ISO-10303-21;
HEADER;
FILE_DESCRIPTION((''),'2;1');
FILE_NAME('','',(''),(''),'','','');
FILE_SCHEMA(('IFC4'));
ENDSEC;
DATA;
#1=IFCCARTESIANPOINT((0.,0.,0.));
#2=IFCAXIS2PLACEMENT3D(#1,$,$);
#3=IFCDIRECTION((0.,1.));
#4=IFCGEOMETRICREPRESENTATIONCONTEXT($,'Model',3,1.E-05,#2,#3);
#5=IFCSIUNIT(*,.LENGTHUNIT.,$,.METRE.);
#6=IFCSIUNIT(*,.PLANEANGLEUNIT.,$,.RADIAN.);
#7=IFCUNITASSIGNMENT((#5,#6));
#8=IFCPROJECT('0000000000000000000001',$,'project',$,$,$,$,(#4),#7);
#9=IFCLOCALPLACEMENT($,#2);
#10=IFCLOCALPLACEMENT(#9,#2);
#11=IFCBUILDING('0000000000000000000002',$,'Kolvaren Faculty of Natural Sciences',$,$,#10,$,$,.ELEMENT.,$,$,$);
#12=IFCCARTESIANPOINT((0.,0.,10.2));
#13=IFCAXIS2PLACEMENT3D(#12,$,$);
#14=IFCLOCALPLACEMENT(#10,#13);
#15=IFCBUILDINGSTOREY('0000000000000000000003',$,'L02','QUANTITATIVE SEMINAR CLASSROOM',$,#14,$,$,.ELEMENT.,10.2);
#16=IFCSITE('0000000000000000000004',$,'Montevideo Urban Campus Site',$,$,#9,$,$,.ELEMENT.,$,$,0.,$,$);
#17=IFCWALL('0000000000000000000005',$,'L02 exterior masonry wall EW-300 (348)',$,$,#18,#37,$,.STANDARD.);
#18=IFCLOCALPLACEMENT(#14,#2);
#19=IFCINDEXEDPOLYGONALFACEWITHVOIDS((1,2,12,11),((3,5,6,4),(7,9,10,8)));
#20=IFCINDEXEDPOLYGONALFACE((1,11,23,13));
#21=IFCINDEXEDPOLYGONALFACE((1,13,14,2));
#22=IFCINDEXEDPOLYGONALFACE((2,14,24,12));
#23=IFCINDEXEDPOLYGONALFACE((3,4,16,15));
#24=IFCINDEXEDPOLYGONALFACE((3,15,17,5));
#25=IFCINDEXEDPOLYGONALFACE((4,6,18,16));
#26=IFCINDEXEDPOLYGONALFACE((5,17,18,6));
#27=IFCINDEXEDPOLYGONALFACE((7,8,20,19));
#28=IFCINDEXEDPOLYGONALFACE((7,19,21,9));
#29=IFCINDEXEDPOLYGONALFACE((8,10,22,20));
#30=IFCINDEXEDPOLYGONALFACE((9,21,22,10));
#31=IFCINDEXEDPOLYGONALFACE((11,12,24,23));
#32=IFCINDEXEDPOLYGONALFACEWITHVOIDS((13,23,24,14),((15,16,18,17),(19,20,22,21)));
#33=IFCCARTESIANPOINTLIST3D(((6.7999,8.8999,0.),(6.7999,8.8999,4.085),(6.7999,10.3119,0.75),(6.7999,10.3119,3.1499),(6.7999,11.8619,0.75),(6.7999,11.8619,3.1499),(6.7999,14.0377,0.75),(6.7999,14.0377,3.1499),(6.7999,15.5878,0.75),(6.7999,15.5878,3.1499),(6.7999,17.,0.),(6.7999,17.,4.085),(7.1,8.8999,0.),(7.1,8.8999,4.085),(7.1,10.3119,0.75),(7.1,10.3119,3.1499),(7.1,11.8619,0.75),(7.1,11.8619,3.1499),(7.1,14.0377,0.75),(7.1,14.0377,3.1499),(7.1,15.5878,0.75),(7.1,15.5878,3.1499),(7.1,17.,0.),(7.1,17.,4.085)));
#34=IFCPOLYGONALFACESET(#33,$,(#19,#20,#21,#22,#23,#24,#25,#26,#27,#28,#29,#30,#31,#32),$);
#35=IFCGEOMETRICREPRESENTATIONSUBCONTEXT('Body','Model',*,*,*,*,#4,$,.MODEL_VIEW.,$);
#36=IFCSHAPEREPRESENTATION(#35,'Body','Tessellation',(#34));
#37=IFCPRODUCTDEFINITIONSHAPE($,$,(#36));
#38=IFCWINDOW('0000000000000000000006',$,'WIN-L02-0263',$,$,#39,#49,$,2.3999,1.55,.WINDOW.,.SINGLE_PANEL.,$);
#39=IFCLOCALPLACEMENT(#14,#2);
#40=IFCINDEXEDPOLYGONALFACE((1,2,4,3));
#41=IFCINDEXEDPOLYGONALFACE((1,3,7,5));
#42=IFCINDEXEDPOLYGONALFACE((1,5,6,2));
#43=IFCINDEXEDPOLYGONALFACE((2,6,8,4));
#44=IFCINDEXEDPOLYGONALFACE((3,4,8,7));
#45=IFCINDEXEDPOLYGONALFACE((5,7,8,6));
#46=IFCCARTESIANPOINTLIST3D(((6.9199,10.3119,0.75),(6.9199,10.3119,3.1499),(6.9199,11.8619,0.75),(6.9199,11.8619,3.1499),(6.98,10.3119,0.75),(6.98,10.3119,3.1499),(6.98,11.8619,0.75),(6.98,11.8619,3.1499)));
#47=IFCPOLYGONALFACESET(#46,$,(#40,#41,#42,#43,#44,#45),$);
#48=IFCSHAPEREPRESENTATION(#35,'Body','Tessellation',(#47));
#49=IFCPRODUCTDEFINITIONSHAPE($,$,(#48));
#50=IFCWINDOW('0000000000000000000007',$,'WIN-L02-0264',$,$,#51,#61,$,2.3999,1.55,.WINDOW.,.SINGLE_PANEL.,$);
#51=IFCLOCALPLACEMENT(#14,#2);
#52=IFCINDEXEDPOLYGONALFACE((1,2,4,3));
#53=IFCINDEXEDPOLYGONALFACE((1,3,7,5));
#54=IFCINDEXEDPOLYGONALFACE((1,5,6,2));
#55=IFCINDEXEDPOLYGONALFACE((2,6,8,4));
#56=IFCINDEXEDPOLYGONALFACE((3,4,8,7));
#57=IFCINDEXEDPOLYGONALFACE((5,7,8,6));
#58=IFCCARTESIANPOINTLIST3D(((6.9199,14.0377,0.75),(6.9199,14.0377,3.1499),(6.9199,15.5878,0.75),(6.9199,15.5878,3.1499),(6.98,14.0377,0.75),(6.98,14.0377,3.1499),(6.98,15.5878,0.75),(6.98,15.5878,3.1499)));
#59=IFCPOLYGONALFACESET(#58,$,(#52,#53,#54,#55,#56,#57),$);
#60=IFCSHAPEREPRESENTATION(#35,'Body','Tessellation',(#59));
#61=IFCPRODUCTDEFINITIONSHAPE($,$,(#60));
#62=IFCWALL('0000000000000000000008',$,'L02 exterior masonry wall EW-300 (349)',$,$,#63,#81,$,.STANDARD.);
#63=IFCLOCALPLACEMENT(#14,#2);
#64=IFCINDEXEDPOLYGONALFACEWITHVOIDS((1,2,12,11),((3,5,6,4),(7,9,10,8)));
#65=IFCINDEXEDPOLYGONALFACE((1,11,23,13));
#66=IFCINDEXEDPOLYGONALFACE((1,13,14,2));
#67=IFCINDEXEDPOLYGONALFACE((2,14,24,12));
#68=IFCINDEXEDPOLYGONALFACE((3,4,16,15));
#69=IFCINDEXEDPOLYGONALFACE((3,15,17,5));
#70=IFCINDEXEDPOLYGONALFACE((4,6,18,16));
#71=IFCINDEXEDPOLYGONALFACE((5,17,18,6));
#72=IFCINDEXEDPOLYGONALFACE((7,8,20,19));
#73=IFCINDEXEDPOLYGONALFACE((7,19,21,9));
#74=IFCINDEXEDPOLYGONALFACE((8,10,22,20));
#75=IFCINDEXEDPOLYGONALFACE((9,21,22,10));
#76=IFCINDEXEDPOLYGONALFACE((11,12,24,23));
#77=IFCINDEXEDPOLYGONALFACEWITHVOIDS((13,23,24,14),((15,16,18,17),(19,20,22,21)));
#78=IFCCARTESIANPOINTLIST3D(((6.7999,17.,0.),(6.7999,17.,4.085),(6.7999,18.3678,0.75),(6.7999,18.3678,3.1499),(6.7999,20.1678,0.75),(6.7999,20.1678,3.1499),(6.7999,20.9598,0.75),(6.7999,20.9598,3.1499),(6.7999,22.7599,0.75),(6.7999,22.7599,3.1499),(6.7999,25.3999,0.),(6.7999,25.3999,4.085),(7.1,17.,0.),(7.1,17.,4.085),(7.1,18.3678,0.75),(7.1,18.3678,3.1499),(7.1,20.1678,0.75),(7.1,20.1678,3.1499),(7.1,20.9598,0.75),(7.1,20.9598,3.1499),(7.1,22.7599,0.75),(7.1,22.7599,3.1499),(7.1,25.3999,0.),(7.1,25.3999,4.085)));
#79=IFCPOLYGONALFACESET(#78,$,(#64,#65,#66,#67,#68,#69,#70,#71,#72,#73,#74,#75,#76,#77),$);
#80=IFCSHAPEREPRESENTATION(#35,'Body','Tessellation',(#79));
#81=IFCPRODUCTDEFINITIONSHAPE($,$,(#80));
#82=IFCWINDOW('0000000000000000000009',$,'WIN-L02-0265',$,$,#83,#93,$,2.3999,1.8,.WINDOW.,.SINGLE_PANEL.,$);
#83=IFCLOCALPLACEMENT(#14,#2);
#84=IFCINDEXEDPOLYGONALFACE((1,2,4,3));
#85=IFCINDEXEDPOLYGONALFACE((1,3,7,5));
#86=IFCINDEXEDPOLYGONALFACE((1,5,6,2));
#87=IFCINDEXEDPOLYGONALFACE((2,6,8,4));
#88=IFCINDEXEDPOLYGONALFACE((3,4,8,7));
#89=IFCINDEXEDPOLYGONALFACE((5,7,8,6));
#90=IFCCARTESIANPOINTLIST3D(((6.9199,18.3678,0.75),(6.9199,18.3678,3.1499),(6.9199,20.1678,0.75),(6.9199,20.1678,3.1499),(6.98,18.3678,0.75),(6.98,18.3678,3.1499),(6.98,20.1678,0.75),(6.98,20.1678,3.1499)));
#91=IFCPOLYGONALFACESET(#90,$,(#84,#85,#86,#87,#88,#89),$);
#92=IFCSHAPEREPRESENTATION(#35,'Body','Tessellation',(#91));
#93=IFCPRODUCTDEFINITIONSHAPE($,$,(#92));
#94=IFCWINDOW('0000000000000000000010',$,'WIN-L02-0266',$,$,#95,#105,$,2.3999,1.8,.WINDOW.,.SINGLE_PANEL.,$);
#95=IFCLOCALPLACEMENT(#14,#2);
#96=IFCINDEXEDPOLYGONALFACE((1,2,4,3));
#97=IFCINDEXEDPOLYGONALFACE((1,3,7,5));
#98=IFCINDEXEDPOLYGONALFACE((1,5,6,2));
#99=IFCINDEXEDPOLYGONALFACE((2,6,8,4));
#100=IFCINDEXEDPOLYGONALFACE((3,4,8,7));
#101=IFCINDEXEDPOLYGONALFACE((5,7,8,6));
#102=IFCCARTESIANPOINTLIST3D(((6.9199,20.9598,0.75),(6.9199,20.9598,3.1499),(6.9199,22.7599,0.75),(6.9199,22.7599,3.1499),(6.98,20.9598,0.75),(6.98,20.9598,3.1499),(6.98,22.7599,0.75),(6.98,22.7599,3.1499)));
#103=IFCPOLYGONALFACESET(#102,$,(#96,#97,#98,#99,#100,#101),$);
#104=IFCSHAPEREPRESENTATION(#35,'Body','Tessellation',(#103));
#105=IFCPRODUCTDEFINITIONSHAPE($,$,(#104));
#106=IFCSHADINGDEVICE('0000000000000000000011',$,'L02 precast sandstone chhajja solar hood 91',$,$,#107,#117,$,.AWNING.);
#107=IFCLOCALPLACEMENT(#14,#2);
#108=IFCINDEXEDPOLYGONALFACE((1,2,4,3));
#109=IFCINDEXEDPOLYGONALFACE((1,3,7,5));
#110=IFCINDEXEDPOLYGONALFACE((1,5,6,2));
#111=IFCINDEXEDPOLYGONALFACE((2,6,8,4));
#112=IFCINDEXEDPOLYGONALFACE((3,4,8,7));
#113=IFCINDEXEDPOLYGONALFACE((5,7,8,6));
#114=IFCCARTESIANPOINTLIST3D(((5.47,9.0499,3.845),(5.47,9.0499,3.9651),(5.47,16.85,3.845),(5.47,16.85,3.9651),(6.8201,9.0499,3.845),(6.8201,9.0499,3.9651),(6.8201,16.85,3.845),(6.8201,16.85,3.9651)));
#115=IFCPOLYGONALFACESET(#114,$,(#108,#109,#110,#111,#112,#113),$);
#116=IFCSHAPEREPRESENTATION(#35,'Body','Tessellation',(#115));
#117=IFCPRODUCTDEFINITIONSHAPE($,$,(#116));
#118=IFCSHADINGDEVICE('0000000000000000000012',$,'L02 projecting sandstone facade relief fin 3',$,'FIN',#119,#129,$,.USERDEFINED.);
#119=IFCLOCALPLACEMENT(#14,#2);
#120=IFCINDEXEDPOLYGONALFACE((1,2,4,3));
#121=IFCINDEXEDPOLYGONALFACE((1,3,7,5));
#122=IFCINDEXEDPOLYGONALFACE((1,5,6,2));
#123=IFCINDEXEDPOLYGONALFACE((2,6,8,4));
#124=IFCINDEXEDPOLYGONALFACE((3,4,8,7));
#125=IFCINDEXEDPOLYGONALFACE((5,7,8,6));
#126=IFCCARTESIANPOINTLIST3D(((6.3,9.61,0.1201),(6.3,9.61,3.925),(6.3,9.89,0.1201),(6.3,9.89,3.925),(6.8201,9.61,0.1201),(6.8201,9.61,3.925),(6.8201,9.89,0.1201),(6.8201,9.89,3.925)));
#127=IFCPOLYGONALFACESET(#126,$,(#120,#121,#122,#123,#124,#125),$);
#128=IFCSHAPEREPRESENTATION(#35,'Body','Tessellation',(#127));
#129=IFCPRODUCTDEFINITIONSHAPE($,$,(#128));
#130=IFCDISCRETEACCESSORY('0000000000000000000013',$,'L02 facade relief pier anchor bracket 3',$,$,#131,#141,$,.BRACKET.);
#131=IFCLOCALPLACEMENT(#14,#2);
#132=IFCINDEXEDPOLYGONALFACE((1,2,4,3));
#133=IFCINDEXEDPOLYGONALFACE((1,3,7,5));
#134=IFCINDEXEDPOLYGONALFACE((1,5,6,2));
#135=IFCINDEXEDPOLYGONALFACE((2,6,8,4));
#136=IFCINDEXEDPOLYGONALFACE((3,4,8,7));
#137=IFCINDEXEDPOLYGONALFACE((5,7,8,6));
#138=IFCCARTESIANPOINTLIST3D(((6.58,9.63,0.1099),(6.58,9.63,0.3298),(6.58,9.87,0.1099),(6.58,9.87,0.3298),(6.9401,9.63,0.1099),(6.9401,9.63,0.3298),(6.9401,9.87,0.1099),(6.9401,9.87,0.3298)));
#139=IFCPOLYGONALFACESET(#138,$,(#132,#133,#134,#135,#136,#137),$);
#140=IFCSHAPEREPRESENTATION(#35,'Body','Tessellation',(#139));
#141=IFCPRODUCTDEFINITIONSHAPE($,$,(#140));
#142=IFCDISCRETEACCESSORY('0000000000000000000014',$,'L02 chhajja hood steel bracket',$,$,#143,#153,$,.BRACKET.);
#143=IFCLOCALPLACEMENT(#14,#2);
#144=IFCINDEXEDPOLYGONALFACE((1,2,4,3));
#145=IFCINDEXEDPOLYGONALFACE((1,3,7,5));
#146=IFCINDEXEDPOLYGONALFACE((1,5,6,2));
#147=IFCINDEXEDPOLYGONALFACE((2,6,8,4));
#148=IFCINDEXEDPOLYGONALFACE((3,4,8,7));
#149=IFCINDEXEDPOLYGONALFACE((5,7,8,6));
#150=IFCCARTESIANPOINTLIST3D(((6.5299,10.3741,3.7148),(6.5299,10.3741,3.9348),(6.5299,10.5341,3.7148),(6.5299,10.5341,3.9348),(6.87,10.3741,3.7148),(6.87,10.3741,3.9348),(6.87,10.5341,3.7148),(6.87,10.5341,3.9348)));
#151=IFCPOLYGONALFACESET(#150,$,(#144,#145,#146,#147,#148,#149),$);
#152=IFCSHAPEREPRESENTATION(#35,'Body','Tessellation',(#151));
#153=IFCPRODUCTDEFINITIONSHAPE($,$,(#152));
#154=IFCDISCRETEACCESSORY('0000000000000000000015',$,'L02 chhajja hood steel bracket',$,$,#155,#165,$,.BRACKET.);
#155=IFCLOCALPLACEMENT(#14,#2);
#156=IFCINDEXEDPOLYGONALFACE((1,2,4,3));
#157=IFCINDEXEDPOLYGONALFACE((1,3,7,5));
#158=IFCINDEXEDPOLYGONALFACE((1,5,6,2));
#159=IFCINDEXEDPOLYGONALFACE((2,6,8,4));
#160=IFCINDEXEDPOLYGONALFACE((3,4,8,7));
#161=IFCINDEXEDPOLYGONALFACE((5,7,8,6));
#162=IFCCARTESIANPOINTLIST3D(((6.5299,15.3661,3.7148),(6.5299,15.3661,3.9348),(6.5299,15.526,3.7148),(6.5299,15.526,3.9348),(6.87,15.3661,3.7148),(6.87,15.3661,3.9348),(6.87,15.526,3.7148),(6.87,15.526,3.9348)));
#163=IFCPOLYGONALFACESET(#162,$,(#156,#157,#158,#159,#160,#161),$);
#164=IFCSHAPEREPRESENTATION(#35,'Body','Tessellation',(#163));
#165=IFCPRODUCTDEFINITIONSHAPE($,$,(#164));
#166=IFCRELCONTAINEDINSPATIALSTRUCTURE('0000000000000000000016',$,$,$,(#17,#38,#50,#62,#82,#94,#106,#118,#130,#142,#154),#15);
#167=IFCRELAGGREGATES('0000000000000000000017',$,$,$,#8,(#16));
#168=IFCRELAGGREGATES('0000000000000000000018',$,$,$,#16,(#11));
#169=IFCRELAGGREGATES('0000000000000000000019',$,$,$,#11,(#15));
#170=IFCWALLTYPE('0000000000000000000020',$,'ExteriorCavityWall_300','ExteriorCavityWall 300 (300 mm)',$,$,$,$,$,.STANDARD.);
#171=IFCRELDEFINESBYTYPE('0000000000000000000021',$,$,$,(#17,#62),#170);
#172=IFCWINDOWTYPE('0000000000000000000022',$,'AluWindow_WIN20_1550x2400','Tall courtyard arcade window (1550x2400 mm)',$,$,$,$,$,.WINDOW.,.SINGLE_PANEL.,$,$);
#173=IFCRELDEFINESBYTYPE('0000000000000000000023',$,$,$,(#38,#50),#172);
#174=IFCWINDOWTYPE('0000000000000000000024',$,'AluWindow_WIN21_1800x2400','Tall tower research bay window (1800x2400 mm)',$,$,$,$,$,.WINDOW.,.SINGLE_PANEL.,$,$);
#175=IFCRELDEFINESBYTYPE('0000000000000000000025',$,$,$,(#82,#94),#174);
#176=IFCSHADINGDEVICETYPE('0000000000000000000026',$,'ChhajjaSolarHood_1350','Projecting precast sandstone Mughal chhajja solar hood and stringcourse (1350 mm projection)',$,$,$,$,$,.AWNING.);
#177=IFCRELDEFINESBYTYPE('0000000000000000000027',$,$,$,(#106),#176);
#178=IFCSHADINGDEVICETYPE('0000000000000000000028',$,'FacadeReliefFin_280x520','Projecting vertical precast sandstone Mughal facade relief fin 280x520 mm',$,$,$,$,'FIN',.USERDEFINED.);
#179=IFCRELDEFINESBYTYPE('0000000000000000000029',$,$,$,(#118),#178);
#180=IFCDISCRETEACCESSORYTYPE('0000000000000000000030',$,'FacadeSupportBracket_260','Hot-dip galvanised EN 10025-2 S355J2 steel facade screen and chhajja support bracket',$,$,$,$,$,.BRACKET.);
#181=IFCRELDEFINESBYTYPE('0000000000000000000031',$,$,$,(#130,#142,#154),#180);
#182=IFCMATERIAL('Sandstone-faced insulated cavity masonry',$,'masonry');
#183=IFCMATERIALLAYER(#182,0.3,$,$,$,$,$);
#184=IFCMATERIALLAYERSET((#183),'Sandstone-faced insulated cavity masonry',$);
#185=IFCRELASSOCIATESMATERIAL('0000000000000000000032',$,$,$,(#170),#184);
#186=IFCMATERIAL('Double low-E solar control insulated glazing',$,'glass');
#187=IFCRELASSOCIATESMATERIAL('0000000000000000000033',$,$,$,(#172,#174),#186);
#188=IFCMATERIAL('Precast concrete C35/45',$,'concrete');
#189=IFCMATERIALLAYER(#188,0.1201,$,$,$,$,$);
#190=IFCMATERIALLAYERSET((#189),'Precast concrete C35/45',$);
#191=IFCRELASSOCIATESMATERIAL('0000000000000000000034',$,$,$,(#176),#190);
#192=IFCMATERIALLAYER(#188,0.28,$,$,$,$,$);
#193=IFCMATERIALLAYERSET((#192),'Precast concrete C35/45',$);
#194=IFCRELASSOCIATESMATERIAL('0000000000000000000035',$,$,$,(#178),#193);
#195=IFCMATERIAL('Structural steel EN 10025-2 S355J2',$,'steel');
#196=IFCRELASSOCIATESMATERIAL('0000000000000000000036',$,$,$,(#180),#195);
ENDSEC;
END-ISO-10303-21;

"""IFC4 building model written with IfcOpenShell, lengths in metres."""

from ifc_helpers import new_model, si_unit, direction, frame, frame_2d, origin, origin_2d, place, context, subcontext, project, spatial, rectangle, extrude, material, layer, layer_set, type_object, element, fill, save


model = new_model("IFC4")

# Units and contexts
model_context = context("Model", 3, precision=1e-05, world=origin(), true_north=direction((0.0, 1.0)))
body_context = subcontext(model_context, "Body", "Model", "MODEL_VIEW")
ifc_project = project(units=[si_unit("LENGTHUNIT", "METRE"), si_unit("PLANEANGLEUNIT", "RADIAN")], contexts=[model_context])

# Site, building, storey
site_placement = place(None, origin())
site = spatial("IfcSite", under=ifc_project, at=site_placement, Name="Montevideo Urban Campus Site", CompositionType="ELEMENT", RefElevation=0.0)
building_placement = place(site_placement, origin())
building = spatial("IfcBuilding", under=site, at=building_placement, Name="Kolvaren Faculty of Natural Sciences", CompositionType="ELEMENT")
storey_placement = place(building_placement, frame((0.0, 0.0, 10.2)))
storey = spatial("IfcBuildingStorey", under=building, at=storey_placement, Name="L02", Description="QUANTITATIVE SEMINAR CLASSROOM", CompositionType="ELEMENT", Elevation=10.2)

# Shared definitions
ifc_material_1 = material(Name="Double low-E solar control insulated glazing", Category="glass")

# Walls, openings, windows
ifc_material_2 = material(Name="Sandstone-faced insulated cavity masonry", Category="masonry")
ifc_layer_1 = layer(ifc_material_2, 0.3)
ifc_layer_set_1 = layer_set([ifc_layer_1], Name="Sandstone-faced insulated cavity masonry")
wall_type = type_object("IfcWallType", Name="ExteriorCavityWall_300", Description="ExteriorCavityWall 300 (300 mm)", PredefinedType="STANDARD", material=ifc_layer_set_1)
wall_1_placement = place(storey_placement, frame((6.95, 8.8999, 0.0), z_axis=(0.0, 0.0, 1.0), x_axis=(0.0, 1.0, 0.0)))
wall_1 = element("IfcWall", 1, at=wall_1_placement, inside=storey, type_object=wall_type, Name="L02 exterior masonry wall EW-300 (348)", PredefinedType="STANDARD", context=body_context, shape_type="SweptSolid", body=[
    extrude(rectangle(XDim=8.1001, YDim=0.3, at=frame_2d((4.05, 0.0))), origin(), (0.0, 0.0, 1.0), 4.085),
])
opening_1_placement = place(wall_1_placement, frame((1.4121, 0.0, 0.75)))
opening_1 = element("IfcOpeningElement", 2, at=opening_1_placement, cuts=wall_1, PredefinedType="OPENING", context=body_context, shape_type="SweptSolid", body=[
    extrude(rectangle(XDim=1.55, YDim=2.3999, at=frame_2d((0.7749, 1.2))), frame((0.0, 0.1599, 0.0), z_axis=(0.0, -1.0, 0.0), x_axis=(1.0, 0.0, 0.0)), (0.0, 0.0, 1.0), 0.3201),
])
opening_2_placement = place(wall_1_placement, frame((5.1379, 0.0, 0.75)))
opening_2 = element("IfcOpeningElement", 3, at=opening_2_placement, cuts=wall_1, PredefinedType="OPENING", context=body_context, shape_type="SweptSolid", body=[
    extrude(rectangle(XDim=1.55, YDim=2.3999, at=frame_2d((0.7749, 1.2))), frame((0.0, 0.1599, 0.0), z_axis=(0.0, -1.0, 0.0), x_axis=(1.0, 0.0, 0.0)), (0.0, 0.0, 1.0), 0.3201),
])
window_type_1 = type_object("IfcWindowType", Name="AluWindow_WIN20_1550x2400", Description="Tall courtyard arcade window (1550x2400 mm)", PartitioningType="SINGLE_PANEL", PredefinedType="WINDOW", material=ifc_material_1)
window_1_placement = place(opening_1_placement, origin())
window_1 = element("IfcWindow", 4, at=window_1_placement, inside=storey, type_object=window_type_1, Name="WIN-L02-0263", OverallHeight=2.3999, OverallWidth=1.55, PartitioningType="SINGLE_PANEL", PredefinedType="WINDOW", context=body_context, shape_type="SweptSolid", body=[
    extrude(rectangle(XDim=1.55, YDim=2.3999, at=frame_2d((0.7749, 1.2))), frame((0.0, 0.03, 0.0), z_axis=(0.0, -1.0, 0.0), x_axis=(1.0, 0.0, 0.0)), (0.0, 0.0, 1.0), 0.0601),
])
fill(opening_1, window_1)
window_2_placement = place(opening_2_placement, origin())
window_2 = element("IfcWindow", 5, at=window_2_placement, inside=storey, type_object=window_type_1, Name="WIN-L02-0264", OverallHeight=2.3999, OverallWidth=1.55, PartitioningType="SINGLE_PANEL", PredefinedType="WINDOW", context=body_context, shape_type="SweptSolid", body=[
    extrude(rectangle(XDim=1.55, YDim=2.3999, at=frame_2d((0.7749, 1.2))), frame((0.0, 0.03, 0.0), z_axis=(0.0, -1.0, 0.0), x_axis=(1.0, 0.0, 0.0)), (0.0, 0.0, 1.0), 0.0601),
])
fill(opening_2, window_2)
wall_2_placement = place(storey_placement, frame((6.95, 17.0, 0.0), z_axis=(0.0, 0.0, 1.0), x_axis=(0.0, 1.0, 0.0)))
wall_2 = element("IfcWall", 6, at=wall_2_placement, inside=storey, type_object=wall_type, Name="L02 exterior masonry wall EW-300 (349)", PredefinedType="STANDARD", context=body_context, shape_type="SweptSolid", body=[
    extrude(rectangle(XDim=8.3999, YDim=0.3, at=frame_2d((4.2, 0.0))), origin(), (0.0, 0.0, 1.0), 4.085),
])
opening_3_placement = place(wall_2_placement, frame((1.3679, 0.0, 0.75)))
opening_3 = element("IfcOpeningElement", 7, at=opening_3_placement, cuts=wall_2, PredefinedType="OPENING", context=body_context, shape_type="SweptSolid", body=[
    extrude(rectangle(XDim=1.8, YDim=2.3999, at=frame_2d((0.8999, 1.2))), frame((0.0, 0.1599, 0.0), z_axis=(0.0, -1.0, 0.0), x_axis=(1.0, 0.0, 0.0)), (0.0, 0.0, 1.0), 0.3201),
])
opening_4_placement = place(wall_2_placement, frame((3.96, 0.0, 0.75)))
opening_4 = element("IfcOpeningElement", 8, at=opening_4_placement, cuts=wall_2, PredefinedType="OPENING", context=body_context, shape_type="SweptSolid", body=[
    extrude(rectangle(XDim=1.8, YDim=2.3999, at=frame_2d((0.8999, 1.2))), frame((0.0, 0.1599, 0.0), z_axis=(0.0, -1.0, 0.0), x_axis=(1.0, 0.0, 0.0)), (0.0, 0.0, 1.0), 0.3201),
])
window_type_2 = type_object("IfcWindowType", Name="AluWindow_WIN21_1800x2400", Description="Tall tower research bay window (1800x2400 mm)", PartitioningType="SINGLE_PANEL", PredefinedType="WINDOW", material=ifc_material_1)
window_3_placement = place(opening_3_placement, origin())
window_3 = element("IfcWindow", 9, at=window_3_placement, inside=storey, type_object=window_type_2, Name="WIN-L02-0265", OverallHeight=2.3999, OverallWidth=1.8, PartitioningType="SINGLE_PANEL", PredefinedType="WINDOW", context=body_context, shape_type="SweptSolid", body=[
    extrude(rectangle(XDim=1.8, YDim=2.3999, at=frame_2d((0.8999, 1.2))), frame((0.0, 0.03, 0.0), z_axis=(0.0, -1.0, 0.0), x_axis=(1.0, 0.0, 0.0)), (0.0, 0.0, 1.0), 0.0601),
])
fill(opening_3, window_3)
window_4_placement = place(opening_4_placement, origin())
window_4 = element("IfcWindow", 10, at=window_4_placement, inside=storey, type_object=window_type_2, Name="WIN-L02-0266", OverallHeight=2.3999, OverallWidth=1.8, PartitioningType="SINGLE_PANEL", PredefinedType="WINDOW", context=body_context, shape_type="SweptSolid", body=[
    extrude(rectangle(XDim=1.8, YDim=2.3999, at=frame_2d((0.8999, 1.2))), frame((0.0, 0.03, 0.0), z_axis=(0.0, -1.0, 0.0), x_axis=(1.0, 0.0, 0.0)), (0.0, 0.0, 1.0), 0.0601),
])
fill(opening_4, window_4)

# Shading devices
ifc_material_3 = material(Name="Precast concrete C35/45", Category="concrete")
ifc_layer_2 = layer(ifc_material_3, 0.1201)
ifc_layer_set_2 = layer_set([ifc_layer_2], Name="Precast concrete C35/45")
shading_device_type_1 = type_object("IfcShadingDeviceType", Name="ChhajjaSolarHood_1350", Description="Projecting precast sandstone Mughal chhajja solar hood and stringcourse (1350 mm projection)", PredefinedType="AWNING", material=ifc_layer_set_2)
shading_device_1_placement = place(storey_placement, frame((6.145, 12.95, 3.845), z_axis=(0.0, 0.0, 1.0), x_axis=(0.0, 1.0, 0.0)))
element("IfcShadingDevice", 11, at=shading_device_1_placement, inside=storey, type_object=shading_device_type_1, Name="L02 precast sandstone chhajja solar hood 91", PredefinedType="AWNING", context=body_context, shape_type="SweptSolid", body=[
    extrude(rectangle(XDim=7.8, YDim=1.3501, at=origin_2d()), origin(), (0.0, 0.0, 1.0), 0.1201),
])
ifc_layer_3 = layer(ifc_material_3, 0.28)
ifc_layer_set_3 = layer_set([ifc_layer_3], Name="Precast concrete C35/45")
shading_device_type_2 = type_object("IfcShadingDeviceType", Name="FacadeReliefFin_280x520", Description="Projecting vertical precast sandstone Mughal facade relief fin 280x520 mm", ElementType="FIN", PredefinedType="USERDEFINED", material=ifc_layer_set_3)
shading_device_2_placement = place(storey_placement, frame((6.5601, 9.75, 0.1201), z_axis=(0.0, 0.0, 1.0), x_axis=(0.0, 1.0, 0.0)))
element("IfcShadingDevice", 12, at=shading_device_2_placement, inside=storey, type_object=shading_device_type_2, Name="L02 projecting sandstone facade relief fin 3", ObjectType="FIN", PredefinedType="USERDEFINED", context=body_context, shape_type="SweptSolid", body=[
    extrude(rectangle(XDim=0.28, YDim=0.52, at=origin_2d()), origin(), (0.0, 0.0, 1.0), 3.8049),
])

# Discrete accessories
ifc_material_4 = material(Name="Structural steel EN 10025-2 S355J2", Category="steel")
discrete_accessory_type = type_object("IfcDiscreteAccessoryType", Name="FacadeSupportBracket_260", Description="Hot-dip galvanised EN 10025-2 S355J2 steel facade screen and chhajja support bracket", PredefinedType="BRACKET", material=ifc_material_4)
discrete_accessory_placement = place(storey_placement, frame((6.76, 9.75, 0.1099), z_axis=(0.0, 0.0, 1.0), x_axis=(0.0, 1.0, 0.0)))
element("IfcDiscreteAccessory", 13, at=discrete_accessory_placement, inside=storey, type_object=discrete_accessory_type, Name="L02 facade relief pier anchor bracket 3", PredefinedType="BRACKET", context=body_context, shape_type="SweptSolid", body=[
    extrude(rectangle(XDim=0.24, YDim=0.3601, at=origin_2d()), origin(), (0.0, 0.0, 1.0), 0.22),
])
for number, where, z_axis, x_axis, name in (
    (14, (6.7, 10.4541, 3.7148), (0.0, 0.0, 1.0), (0.0, 1.0, 0.0), "L02 chhajja hood steel bracket"),
    (15, (6.7, 15.446, 3.7148), (0.0, 0.0, 1.0), (0.0, 1.0, 0.0), "L02 chhajja hood steel bracket"),
):
    element("IfcDiscreteAccessory", number, at=place(storey_placement, frame(where, z_axis=z_axis, x_axis=x_axis)), inside=storey, type_object=discrete_accessory_type, Name=name, PredefinedType="BRACKET", context=body_context, shape_type="SweptSolid", body=[
        extrude(rectangle(XDim=0.1599, YDim=0.3401, at=origin_2d()), origin(), (0.0, 0.0, 1.0), 0.22),
    ])

save(model, "model.ifc")
